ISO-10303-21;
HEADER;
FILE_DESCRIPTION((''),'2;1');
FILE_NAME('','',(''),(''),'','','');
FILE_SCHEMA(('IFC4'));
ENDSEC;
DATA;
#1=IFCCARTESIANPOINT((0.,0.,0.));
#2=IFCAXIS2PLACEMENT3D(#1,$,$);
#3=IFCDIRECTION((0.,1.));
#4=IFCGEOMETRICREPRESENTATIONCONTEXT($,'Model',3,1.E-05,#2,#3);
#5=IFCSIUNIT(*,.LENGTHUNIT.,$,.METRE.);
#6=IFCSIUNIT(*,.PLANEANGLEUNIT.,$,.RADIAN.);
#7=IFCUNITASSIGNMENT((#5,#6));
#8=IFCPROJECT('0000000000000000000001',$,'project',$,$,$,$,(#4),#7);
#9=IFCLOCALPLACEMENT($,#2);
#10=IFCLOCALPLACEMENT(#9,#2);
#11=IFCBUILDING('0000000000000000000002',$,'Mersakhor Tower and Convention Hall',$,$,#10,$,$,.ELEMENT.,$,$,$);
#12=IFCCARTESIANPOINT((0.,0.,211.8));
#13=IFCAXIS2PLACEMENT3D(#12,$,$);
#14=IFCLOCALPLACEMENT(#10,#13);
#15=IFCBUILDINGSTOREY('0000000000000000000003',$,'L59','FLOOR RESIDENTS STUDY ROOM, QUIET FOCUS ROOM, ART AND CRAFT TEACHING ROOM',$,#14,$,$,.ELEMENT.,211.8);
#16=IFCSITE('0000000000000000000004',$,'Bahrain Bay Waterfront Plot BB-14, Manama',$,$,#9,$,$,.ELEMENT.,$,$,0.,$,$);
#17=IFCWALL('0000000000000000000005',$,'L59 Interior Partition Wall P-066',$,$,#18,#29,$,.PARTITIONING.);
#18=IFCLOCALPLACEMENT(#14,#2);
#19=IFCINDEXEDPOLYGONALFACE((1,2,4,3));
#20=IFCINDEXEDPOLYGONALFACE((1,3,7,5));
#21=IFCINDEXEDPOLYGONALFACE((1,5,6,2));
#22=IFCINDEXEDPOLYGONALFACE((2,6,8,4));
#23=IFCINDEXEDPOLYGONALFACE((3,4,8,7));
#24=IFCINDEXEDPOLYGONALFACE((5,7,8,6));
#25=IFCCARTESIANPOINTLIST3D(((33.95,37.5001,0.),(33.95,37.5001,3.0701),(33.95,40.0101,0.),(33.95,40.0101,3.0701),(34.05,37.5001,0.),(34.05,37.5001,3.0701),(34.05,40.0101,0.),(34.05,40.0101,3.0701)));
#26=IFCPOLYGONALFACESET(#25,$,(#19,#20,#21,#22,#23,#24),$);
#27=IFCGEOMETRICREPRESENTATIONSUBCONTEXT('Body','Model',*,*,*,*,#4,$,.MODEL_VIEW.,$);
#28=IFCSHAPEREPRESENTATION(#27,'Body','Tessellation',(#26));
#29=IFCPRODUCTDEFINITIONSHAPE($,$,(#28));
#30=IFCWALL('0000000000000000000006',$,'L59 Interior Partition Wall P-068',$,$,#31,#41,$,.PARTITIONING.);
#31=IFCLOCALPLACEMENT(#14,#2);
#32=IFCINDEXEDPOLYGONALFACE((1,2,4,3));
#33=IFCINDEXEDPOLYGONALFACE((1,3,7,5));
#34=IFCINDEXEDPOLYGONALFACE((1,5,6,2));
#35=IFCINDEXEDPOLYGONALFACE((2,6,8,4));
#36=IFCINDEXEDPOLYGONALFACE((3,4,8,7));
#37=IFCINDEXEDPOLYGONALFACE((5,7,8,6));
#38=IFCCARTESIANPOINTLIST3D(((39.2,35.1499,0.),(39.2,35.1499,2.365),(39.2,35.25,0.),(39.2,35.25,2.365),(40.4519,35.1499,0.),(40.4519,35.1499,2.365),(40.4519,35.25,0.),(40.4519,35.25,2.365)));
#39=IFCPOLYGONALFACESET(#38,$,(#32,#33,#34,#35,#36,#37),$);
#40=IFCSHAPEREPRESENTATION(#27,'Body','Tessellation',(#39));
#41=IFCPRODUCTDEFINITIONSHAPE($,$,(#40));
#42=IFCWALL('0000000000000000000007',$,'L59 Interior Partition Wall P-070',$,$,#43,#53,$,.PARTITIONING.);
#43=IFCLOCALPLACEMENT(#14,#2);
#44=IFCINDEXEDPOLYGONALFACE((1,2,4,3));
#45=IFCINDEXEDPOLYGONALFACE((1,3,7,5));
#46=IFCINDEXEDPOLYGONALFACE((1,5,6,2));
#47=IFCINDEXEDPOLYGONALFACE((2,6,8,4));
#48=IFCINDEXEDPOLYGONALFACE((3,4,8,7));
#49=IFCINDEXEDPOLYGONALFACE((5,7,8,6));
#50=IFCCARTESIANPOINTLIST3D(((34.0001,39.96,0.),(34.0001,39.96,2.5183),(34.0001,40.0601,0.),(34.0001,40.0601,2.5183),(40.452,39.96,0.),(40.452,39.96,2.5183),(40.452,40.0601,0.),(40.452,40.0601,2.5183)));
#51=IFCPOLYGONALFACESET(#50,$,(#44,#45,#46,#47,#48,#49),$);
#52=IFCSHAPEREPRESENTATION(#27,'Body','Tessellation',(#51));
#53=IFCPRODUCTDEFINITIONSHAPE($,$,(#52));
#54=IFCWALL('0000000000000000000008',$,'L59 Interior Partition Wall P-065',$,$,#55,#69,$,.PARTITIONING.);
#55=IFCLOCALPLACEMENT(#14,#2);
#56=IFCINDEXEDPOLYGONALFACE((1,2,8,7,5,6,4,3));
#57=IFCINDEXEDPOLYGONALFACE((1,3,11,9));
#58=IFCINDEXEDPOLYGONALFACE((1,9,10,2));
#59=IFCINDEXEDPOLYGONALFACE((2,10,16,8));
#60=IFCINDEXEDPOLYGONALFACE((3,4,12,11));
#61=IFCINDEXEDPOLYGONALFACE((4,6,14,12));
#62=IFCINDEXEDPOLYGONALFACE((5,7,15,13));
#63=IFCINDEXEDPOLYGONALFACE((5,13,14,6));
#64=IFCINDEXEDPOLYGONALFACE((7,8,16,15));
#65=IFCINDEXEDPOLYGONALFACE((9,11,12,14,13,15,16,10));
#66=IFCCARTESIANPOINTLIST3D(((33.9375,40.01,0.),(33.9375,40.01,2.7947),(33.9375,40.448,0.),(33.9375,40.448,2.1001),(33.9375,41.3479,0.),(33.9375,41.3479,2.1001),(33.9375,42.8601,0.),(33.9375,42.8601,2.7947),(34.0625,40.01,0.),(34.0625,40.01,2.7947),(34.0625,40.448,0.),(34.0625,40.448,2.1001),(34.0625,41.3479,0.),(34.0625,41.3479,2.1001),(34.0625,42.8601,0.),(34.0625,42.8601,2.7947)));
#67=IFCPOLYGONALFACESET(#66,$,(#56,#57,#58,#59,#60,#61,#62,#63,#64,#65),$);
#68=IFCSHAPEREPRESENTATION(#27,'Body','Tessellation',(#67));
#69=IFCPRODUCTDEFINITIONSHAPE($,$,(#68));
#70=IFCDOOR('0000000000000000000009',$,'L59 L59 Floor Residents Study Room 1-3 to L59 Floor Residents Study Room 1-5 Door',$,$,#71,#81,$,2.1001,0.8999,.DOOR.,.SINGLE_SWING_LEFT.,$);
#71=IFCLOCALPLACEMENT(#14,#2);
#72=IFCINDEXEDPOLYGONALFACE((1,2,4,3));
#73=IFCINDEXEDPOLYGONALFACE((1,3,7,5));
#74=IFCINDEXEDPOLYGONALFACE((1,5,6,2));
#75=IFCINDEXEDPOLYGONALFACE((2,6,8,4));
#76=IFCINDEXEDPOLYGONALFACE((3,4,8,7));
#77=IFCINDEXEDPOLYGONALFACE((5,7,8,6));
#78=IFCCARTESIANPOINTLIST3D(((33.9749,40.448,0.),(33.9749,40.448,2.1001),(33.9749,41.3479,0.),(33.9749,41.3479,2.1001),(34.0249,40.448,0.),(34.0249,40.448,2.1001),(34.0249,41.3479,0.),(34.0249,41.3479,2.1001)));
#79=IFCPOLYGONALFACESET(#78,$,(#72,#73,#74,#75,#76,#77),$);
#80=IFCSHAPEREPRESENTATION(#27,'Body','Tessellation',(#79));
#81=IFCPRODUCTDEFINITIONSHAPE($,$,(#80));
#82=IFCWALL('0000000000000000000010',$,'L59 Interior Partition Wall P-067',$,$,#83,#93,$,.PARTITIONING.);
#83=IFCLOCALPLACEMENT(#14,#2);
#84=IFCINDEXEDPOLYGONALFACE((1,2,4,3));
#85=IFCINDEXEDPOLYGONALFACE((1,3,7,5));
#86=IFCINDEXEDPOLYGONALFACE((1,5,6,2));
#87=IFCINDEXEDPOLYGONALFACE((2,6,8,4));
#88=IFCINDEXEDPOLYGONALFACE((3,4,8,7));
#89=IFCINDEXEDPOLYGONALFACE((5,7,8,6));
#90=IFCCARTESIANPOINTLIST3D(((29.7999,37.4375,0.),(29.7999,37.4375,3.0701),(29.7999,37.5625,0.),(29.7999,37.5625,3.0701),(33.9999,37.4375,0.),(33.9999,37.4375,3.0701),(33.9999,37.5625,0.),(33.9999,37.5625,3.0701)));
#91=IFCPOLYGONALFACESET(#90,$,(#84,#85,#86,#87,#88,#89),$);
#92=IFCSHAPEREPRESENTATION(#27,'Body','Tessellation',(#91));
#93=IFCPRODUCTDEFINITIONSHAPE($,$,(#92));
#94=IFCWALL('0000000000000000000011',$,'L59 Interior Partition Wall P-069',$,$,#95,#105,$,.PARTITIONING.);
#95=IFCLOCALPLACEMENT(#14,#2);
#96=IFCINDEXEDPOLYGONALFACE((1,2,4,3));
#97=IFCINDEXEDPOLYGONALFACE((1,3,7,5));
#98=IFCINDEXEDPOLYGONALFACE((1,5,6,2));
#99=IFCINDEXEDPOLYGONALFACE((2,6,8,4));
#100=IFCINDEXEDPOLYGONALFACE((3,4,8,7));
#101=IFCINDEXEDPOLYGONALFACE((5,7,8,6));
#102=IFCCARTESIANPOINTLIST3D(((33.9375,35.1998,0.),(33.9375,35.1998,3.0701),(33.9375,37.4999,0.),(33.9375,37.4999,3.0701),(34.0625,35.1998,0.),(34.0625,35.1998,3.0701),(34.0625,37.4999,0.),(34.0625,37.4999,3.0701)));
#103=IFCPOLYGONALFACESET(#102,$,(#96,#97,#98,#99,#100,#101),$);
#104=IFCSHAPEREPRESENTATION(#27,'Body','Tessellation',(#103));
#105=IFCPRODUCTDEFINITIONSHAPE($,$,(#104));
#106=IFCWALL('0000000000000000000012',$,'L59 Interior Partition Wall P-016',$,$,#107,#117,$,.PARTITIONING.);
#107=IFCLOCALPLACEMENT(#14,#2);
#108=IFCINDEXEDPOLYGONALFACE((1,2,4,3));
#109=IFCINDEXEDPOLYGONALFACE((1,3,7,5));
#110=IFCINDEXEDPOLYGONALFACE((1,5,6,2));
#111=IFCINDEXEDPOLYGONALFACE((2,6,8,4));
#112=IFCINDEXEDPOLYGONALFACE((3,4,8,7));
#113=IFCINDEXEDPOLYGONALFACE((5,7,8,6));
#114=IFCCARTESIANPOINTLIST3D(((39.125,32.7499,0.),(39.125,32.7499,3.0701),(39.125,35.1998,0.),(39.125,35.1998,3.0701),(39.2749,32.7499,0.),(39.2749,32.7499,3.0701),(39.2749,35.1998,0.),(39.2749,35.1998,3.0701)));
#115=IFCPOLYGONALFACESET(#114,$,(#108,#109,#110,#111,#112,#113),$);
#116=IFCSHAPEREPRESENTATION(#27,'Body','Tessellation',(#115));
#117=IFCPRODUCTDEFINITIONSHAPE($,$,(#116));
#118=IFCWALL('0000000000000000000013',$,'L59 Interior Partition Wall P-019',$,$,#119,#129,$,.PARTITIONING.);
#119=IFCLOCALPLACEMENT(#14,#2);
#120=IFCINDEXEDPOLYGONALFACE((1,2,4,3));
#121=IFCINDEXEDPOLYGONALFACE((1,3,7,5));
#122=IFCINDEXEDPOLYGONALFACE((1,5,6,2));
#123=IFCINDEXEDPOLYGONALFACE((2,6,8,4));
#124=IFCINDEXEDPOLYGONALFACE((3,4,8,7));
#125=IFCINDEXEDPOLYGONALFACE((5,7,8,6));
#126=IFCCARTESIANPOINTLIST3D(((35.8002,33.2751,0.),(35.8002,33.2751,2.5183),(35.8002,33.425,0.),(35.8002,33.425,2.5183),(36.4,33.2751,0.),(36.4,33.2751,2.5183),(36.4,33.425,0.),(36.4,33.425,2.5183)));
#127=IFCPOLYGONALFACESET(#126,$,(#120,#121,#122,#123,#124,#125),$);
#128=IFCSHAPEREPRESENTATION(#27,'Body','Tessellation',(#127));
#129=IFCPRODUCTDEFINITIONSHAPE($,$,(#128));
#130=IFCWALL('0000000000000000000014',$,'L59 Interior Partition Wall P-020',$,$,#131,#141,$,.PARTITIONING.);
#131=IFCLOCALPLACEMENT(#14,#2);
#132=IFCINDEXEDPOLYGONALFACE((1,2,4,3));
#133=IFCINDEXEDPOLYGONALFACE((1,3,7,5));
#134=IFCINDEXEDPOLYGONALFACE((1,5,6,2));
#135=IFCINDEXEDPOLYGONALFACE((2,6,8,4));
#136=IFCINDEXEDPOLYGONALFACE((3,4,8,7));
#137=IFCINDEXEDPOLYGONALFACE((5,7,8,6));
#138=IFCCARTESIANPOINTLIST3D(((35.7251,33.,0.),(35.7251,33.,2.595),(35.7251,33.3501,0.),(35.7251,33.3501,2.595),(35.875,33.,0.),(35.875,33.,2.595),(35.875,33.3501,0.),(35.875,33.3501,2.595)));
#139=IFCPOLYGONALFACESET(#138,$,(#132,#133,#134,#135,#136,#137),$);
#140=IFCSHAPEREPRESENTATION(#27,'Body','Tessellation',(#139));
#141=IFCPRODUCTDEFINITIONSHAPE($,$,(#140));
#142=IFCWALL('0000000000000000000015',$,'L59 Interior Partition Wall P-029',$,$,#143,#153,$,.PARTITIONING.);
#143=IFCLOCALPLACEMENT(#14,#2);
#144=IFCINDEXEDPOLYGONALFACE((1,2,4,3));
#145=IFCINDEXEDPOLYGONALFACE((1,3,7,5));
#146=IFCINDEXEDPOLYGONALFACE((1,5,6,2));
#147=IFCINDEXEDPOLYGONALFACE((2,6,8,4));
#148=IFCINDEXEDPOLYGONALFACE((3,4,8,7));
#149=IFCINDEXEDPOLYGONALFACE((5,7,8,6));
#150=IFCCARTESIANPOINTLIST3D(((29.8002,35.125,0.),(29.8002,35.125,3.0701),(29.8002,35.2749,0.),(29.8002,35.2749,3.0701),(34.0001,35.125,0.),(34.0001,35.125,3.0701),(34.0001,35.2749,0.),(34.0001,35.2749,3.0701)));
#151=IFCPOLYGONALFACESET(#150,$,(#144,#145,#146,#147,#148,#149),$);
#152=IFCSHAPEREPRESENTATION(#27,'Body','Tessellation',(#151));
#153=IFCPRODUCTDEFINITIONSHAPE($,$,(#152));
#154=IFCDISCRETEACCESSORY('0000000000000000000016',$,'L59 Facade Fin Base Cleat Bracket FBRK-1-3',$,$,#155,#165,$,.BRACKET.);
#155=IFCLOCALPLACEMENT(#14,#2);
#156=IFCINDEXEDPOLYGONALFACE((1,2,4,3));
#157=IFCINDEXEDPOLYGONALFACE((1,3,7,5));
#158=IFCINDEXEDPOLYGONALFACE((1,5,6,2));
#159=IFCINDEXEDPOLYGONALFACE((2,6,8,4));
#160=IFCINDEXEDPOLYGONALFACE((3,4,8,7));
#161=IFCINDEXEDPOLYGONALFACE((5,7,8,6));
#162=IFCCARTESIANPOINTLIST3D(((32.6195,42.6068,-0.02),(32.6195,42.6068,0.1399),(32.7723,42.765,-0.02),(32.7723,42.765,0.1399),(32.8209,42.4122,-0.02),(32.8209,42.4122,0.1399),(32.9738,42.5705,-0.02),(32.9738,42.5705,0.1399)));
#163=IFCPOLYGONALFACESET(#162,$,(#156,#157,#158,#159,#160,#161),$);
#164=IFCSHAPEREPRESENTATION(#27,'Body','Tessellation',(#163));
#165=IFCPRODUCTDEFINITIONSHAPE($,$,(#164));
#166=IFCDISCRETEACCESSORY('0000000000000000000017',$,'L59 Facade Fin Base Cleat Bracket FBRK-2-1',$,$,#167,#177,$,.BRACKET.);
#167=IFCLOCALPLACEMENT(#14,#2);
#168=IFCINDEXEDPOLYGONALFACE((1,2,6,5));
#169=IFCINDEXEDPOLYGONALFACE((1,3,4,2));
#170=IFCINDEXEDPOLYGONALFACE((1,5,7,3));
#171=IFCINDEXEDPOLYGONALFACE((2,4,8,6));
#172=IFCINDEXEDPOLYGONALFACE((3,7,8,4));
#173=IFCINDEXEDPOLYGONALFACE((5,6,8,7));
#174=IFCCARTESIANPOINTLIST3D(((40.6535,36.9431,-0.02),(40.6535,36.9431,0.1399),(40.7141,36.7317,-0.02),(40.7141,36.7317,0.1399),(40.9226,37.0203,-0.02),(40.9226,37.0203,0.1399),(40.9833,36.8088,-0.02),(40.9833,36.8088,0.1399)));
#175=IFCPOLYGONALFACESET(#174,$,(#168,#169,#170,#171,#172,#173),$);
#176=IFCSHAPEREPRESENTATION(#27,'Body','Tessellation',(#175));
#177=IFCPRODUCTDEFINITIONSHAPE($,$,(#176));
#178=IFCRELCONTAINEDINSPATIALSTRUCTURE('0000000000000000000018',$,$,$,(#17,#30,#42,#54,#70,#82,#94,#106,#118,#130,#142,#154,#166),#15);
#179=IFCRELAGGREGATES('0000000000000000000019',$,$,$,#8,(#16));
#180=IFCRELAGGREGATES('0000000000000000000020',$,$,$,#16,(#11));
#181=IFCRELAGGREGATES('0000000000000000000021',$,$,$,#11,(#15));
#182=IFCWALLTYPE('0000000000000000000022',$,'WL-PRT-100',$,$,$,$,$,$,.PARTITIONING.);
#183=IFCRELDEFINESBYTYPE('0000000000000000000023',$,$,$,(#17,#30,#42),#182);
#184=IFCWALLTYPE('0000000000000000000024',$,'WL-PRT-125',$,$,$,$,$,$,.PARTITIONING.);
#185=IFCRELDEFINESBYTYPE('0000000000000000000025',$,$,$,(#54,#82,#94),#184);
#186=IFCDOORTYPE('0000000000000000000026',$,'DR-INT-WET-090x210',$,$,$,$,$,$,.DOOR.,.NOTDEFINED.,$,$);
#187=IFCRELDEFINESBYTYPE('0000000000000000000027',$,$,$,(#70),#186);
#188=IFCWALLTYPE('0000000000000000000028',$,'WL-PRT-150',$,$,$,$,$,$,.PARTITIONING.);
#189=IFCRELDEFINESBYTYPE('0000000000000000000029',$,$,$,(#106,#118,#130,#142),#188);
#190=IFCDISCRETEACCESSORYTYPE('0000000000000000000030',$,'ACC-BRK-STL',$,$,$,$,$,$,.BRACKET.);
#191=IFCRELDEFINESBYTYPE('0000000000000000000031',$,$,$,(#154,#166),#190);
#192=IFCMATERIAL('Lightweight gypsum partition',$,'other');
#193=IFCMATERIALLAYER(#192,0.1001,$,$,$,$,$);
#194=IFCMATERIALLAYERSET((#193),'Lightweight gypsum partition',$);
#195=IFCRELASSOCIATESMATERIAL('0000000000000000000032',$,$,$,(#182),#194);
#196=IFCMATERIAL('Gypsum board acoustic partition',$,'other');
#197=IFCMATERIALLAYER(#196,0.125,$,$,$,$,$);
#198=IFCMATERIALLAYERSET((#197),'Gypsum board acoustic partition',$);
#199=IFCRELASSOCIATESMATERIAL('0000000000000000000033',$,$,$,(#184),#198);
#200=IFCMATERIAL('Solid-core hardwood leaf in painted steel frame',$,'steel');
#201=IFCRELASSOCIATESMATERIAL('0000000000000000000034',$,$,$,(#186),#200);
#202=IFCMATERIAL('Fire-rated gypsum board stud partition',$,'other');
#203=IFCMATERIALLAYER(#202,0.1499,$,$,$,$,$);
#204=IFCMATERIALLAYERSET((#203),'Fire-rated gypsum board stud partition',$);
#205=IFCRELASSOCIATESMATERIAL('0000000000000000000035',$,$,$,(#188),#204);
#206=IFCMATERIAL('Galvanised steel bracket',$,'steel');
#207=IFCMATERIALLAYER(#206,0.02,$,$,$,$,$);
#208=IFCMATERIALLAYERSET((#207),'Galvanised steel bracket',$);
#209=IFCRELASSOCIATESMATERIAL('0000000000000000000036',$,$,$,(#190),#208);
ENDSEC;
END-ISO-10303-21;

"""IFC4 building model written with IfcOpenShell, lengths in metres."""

from ifc_helpers import new_model, si_unit, direction, frame, frame_2d, origin, origin_2d, place, context, subcontext, project, spatial, rectangle, extrude, material, layer, layer_set, type_object, element, fill, save


model = new_model("IFC4")

# Units and contexts
model_context = context("Model", 3, precision=1e-05, world=origin(), true_north=direction((0.0, 1.0)))
body_context = subcontext(model_context, "Body", "Model", "MODEL_VIEW")
ifc_project = project(units=[si_unit("LENGTHUNIT", "METRE"), si_unit("PLANEANGLEUNIT", "RADIAN")], contexts=[model_context])

# Site, building, storey
site_placement = place(None, origin())
site = spatial("IfcSite", under=ifc_project, at=site_placement, Name="Bahrain Bay Waterfront Plot BB-14, Manama", CompositionType="ELEMENT", RefElevation=0.0)
building_placement = place(site_placement, origin())
building = spatial("IfcBuilding", under=site, at=building_placement, Name="Mersakhor Tower and Convention Hall", CompositionType="ELEMENT")
storey_placement = place(building_placement, frame((0.0, 0.0, 211.8)))
storey = spatial("IfcBuildingStorey", under=building, at=storey_placement, Name="L59", Description="FLOOR RESIDENTS STUDY ROOM, QUIET FOCUS ROOM, ART AND CRAFT TEACHING ROOM", CompositionType="ELEMENT", Elevation=211.8)

# Walls
ifc_material_1 = material(Name="Lightweight gypsum partition", Category="other")
ifc_layer_1 = layer(ifc_material_1, 0.1001)
ifc_layer_set_1 = layer_set([ifc_layer_1], Name="Lightweight gypsum partition")
wall_type_1 = type_object("IfcWallType", Name="WL-PRT-100", PredefinedType="PARTITIONING", material=ifc_layer_set_1)
wall_1_placement = place(storey_placement, frame((34.0, 40.01, 0.0), z_axis=(0.0, 0.0, 1.0), x_axis=(0.0, -1.0, 0.0)))
element("IfcWall", 1, at=wall_1_placement, inside=storey, type_object=wall_type_1, Name="L59 Interior Partition Wall P-066", PredefinedType="PARTITIONING", context=body_context, shape_type="SweptSolid", body=[
    extrude(rectangle(XDim=2.51, YDim=0.1001, at=frame_2d((1.2549, 0.0))), origin(), (0.0, 0.0, 1.0), 3.0701),
])
wall_2_placement = place(storey_placement, frame((40.4519, 35.2, 0.0), z_axis=(0.0, 0.0, 1.0), x_axis=(-1.0, 0.0, 0.0)))
element("IfcWall", 2, at=wall_2_placement, inside=storey, type_object=wall_type_1, Name="L59 Interior Partition Wall P-068", PredefinedType="PARTITIONING", context=body_context, shape_type="SweptSolid", body=[
    extrude(rectangle(XDim=1.252, YDim=0.1001, at=frame_2d((0.626, 0.0))), origin(), (0.0, 0.0, 1.0), 2.365),
])
wall_3_placement = place(storey_placement, frame((34.0, 40.01, 0.0), z_axis=(0.0, 0.0, 1.0), x_axis=(1.0, 0.0, 0.0)))
element("IfcWall", 3, at=wall_3_placement, inside=storey, type_object=wall_type_1, Name="L59 Interior Partition Wall P-070", PredefinedType="PARTITIONING", context=body_context, shape_type="SweptSolid", body=[
    extrude(rectangle(XDim=6.4519, YDim=0.1001, at=frame_2d((3.2261, 0.0))), origin(), (0.0, 0.0, 1.0), 2.5183),
])

# Wall, opening, door
ifc_material_2 = material(Name="Gypsum board acoustic partition", Category="other")
ifc_layer_2 = layer(ifc_material_2, 0.125)
ifc_layer_set_2 = layer_set([ifc_layer_2], Name="Gypsum board acoustic partition")
wall_type_2 = type_object("IfcWallType", Name="WL-PRT-125", PredefinedType="PARTITIONING", material=ifc_layer_set_2)
wall_4_placement = place(storey_placement, frame((34.0, 42.8601, 0.0), z_axis=(0.0, 0.0, 1.0), x_axis=(0.0, -1.0, 0.0)))
wall_4 = element("IfcWall", 4, at=wall_4_placement, inside=storey, type_object=wall_type_2, Name="L59 Interior Partition Wall P-065", PredefinedType="PARTITIONING", context=body_context, shape_type="SweptSolid", body=[
    extrude(rectangle(XDim=2.8501, YDim=0.125, at=frame_2d((1.425, 0.0))), origin(), (0.0, 0.0, 1.0), 2.7947),
])
opening_1_placement = place(wall_4_placement, frame((1.5122, 0.0, 0.0)))
opening_1 = element("IfcOpeningElement", 5, at=opening_1_placement, cuts=wall_4, PredefinedType="OPENING", context=body_context, shape_type="SweptSolid", body=[
    extrude(rectangle(XDim=0.8999, YDim=2.1001, at=frame_2d((0.45, 1.05))), frame((0.0, 0.0725, 0.0), z_axis=(0.0, -1.0, 0.0), x_axis=(1.0, 0.0, 0.0)), (0.0, 0.0, 1.0), 0.145),
])
ifc_material_3 = material(Name="Solid-core hardwood leaf in painted steel frame", Category="steel")
door_type_1 = type_object("IfcDoorType", Name="DR-INT-WET-090x210", OperationType="NOTDEFINED", PredefinedType="DOOR", material=ifc_material_3)
door_1_placement = place(opening_1_placement, origin())
door_1 = element("IfcDoor", 6, at=door_1_placement, inside=storey, type_object=door_type_1, Name="L59 L59 Floor Residents Study Room 1-3 to L59 Floor Residents Study Room 1-5 Door", OperationType="SINGLE_SWING_LEFT", OverallHeight=2.1001, OverallWidth=0.8999, PredefinedType="DOOR", context=body_context, shape_type="SweptSolid", body=[
    extrude(rectangle(XDim=0.8999, YDim=2.1001, at=frame_2d((0.45, 1.05))), frame((0.0, 0.0249, 0.0), z_axis=(0.0, -1.0, 0.0), x_axis=(1.0, 0.0, 0.0)), (0.0, 0.0, 1.0), 0.05),
])
fill(opening_1, door_1)

# Walls
wall_5_placement = place(storey_placement, frame((34.0, 37.5, 0.0), z_axis=(0.0, 0.0, 1.0), x_axis=(-1.0, 0.0, 0.0)))
element("IfcWall", 7, at=wall_5_placement, inside=storey, type_object=wall_type_2, Name="L59 Interior Partition Wall P-067", PredefinedType="PARTITIONING", context=body_context, shape_type="SweptSolid", body=[
    extrude(rectangle(XDim=4.2, YDim=0.125, at=frame_2d((2.1001, 0.0))), origin(), (0.0, 0.0, 1.0), 3.0701),
])
wall_6_placement = place(storey_placement, frame((34.0, 35.2, 0.0), z_axis=(0.0, 0.0, 1.0), x_axis=(0.0, 1.0, 0.0)))
element("IfcWall", 8, at=wall_6_placement, inside=storey, type_object=wall_type_2, Name="L59 Interior Partition Wall P-069", PredefinedType="PARTITIONING", context=body_context, shape_type="SweptSolid", body=[
    extrude(rectangle(XDim=2.3, YDim=0.125, at=frame_2d((1.1499, 0.0))), origin(), (0.0, 0.0, 1.0), 3.0701),
])
ifc_material_4 = material(Name="Fire-rated gypsum board stud partition", Category="other")
ifc_layer_3 = layer(ifc_material_4, 0.1499)
ifc_layer_set_3 = layer_set([ifc_layer_3], Name="Fire-rated gypsum board stud partition")
wall_type_3 = type_object("IfcWallType", Name="WL-PRT-150", PredefinedType="PARTITIONING", material=ifc_layer_set_3)
wall_7_placement = place(storey_placement, frame((39.2, 35.2, 0.0), z_axis=(0.0, 0.0, 1.0), x_axis=(0.0, -1.0, 0.0)))
element("IfcWall", 9, at=wall_7_placement, inside=storey, type_object=wall_type_3, Name="L59 Interior Partition Wall P-016", PredefinedType="PARTITIONING", context=body_context, shape_type="SweptSolid", body=[
    extrude(rectangle(XDim=2.45, YDim=0.1499, at=frame_2d((1.2251, 0.0))), origin(), (0.0, 0.0, 1.0), 3.0701),
])
wall_8_placement = place(storey_placement, frame((36.3999, 33.3501, 0.0), z_axis=(0.0, 0.0, 1.0), x_axis=(-1.0, 0.0, 0.0)))
element("IfcWall", 10, at=wall_8_placement, inside=storey, type_object=wall_type_3, Name="L59 Interior Partition Wall P-019", PredefinedType="PARTITIONING", context=body_context, shape_type="SweptSolid", body=[
    extrude(rectangle(XDim=0.5999, YDim=0.1499, at=frame_2d((0.2998, 0.0))), origin(), (0.0, 0.0, 1.0), 2.5183),
])
wall_9_placement = place(storey_placement, frame((35.8, 33.3501, 0.0), z_axis=(0.0, 0.0, 1.0), x_axis=(0.0, -1.0, 0.0)))
element("IfcWall", 11, at=wall_9_placement, inside=storey, type_object=wall_type_3, Name="L59 Interior Partition Wall P-020", PredefinedType="PARTITIONING", context=body_context, shape_type="SweptSolid", body=[
    extrude(rectangle(XDim=0.3501, YDim=0.1499, at=frame_2d((0.175, 0.0))), origin(), (0.0, 0.0, 1.0), 2.595),
])
wall_10_placement = place(storey_placement, frame((29.8, 35.2, 0.0), z_axis=(0.0, 0.0, 1.0), x_axis=(1.0, 0.0, 0.0)))
element("IfcWall", 12, at=wall_10_placement, inside=storey, type_object=wall_type_3, Name="L59 Interior Partition Wall P-029", PredefinedType="PARTITIONING", context=body_context, shape_type="SweptSolid", body=[
    extrude(rectangle(XDim=4.2, YDim=0.1499, at=frame_2d((2.1001, 0.0))), origin(), (0.0, 0.0, 1.0), 3.0701),
])

# Discrete accessories
ifc_material_5 = material(Name="Galvanised steel bracket", Category="steel")
ifc_layer_4 = layer(ifc_material_5, 0.02)
ifc_layer_set_4 = layer_set([ifc_layer_4], Name="Galvanised steel bracket")
discrete_accessory_type = type_object("IfcDiscreteAccessoryType", Name="ACC-BRK-STL", PredefinedType="BRACKET", material=ifc_layer_set_4)
for number, where, z_axis, x_axis, name in (
    (13, (32.7966, 42.5886, -0.02), (0.0, 0.0, 1.0), (-0.71934, 0.694658, 0.0), "L59 Facade Fin Base Cleat Bracket FBRK-1-3"),
    (14, (40.8184, 36.876, -0.02), (0.0, 0.0, 1.0), (0.961262, 0.275637, 0.0), "L59 Facade Fin Base Cleat Bracket FBRK-2-1"),
):
    element("IfcDiscreteAccessory", number, at=place(storey_placement, frame(where, z_axis=z_axis, x_axis=x_axis)), inside=storey, type_object=discrete_accessory_type, Name=name, PredefinedType="BRACKET", context=body_context, shape_type="SweptSolid", body=[
        extrude(rectangle(XDim=0.28, YDim=0.22, at=origin_2d()), origin(), (0.0, 0.0, 1.0), 0.1599),
    ])

save(model, "model.ifc")
